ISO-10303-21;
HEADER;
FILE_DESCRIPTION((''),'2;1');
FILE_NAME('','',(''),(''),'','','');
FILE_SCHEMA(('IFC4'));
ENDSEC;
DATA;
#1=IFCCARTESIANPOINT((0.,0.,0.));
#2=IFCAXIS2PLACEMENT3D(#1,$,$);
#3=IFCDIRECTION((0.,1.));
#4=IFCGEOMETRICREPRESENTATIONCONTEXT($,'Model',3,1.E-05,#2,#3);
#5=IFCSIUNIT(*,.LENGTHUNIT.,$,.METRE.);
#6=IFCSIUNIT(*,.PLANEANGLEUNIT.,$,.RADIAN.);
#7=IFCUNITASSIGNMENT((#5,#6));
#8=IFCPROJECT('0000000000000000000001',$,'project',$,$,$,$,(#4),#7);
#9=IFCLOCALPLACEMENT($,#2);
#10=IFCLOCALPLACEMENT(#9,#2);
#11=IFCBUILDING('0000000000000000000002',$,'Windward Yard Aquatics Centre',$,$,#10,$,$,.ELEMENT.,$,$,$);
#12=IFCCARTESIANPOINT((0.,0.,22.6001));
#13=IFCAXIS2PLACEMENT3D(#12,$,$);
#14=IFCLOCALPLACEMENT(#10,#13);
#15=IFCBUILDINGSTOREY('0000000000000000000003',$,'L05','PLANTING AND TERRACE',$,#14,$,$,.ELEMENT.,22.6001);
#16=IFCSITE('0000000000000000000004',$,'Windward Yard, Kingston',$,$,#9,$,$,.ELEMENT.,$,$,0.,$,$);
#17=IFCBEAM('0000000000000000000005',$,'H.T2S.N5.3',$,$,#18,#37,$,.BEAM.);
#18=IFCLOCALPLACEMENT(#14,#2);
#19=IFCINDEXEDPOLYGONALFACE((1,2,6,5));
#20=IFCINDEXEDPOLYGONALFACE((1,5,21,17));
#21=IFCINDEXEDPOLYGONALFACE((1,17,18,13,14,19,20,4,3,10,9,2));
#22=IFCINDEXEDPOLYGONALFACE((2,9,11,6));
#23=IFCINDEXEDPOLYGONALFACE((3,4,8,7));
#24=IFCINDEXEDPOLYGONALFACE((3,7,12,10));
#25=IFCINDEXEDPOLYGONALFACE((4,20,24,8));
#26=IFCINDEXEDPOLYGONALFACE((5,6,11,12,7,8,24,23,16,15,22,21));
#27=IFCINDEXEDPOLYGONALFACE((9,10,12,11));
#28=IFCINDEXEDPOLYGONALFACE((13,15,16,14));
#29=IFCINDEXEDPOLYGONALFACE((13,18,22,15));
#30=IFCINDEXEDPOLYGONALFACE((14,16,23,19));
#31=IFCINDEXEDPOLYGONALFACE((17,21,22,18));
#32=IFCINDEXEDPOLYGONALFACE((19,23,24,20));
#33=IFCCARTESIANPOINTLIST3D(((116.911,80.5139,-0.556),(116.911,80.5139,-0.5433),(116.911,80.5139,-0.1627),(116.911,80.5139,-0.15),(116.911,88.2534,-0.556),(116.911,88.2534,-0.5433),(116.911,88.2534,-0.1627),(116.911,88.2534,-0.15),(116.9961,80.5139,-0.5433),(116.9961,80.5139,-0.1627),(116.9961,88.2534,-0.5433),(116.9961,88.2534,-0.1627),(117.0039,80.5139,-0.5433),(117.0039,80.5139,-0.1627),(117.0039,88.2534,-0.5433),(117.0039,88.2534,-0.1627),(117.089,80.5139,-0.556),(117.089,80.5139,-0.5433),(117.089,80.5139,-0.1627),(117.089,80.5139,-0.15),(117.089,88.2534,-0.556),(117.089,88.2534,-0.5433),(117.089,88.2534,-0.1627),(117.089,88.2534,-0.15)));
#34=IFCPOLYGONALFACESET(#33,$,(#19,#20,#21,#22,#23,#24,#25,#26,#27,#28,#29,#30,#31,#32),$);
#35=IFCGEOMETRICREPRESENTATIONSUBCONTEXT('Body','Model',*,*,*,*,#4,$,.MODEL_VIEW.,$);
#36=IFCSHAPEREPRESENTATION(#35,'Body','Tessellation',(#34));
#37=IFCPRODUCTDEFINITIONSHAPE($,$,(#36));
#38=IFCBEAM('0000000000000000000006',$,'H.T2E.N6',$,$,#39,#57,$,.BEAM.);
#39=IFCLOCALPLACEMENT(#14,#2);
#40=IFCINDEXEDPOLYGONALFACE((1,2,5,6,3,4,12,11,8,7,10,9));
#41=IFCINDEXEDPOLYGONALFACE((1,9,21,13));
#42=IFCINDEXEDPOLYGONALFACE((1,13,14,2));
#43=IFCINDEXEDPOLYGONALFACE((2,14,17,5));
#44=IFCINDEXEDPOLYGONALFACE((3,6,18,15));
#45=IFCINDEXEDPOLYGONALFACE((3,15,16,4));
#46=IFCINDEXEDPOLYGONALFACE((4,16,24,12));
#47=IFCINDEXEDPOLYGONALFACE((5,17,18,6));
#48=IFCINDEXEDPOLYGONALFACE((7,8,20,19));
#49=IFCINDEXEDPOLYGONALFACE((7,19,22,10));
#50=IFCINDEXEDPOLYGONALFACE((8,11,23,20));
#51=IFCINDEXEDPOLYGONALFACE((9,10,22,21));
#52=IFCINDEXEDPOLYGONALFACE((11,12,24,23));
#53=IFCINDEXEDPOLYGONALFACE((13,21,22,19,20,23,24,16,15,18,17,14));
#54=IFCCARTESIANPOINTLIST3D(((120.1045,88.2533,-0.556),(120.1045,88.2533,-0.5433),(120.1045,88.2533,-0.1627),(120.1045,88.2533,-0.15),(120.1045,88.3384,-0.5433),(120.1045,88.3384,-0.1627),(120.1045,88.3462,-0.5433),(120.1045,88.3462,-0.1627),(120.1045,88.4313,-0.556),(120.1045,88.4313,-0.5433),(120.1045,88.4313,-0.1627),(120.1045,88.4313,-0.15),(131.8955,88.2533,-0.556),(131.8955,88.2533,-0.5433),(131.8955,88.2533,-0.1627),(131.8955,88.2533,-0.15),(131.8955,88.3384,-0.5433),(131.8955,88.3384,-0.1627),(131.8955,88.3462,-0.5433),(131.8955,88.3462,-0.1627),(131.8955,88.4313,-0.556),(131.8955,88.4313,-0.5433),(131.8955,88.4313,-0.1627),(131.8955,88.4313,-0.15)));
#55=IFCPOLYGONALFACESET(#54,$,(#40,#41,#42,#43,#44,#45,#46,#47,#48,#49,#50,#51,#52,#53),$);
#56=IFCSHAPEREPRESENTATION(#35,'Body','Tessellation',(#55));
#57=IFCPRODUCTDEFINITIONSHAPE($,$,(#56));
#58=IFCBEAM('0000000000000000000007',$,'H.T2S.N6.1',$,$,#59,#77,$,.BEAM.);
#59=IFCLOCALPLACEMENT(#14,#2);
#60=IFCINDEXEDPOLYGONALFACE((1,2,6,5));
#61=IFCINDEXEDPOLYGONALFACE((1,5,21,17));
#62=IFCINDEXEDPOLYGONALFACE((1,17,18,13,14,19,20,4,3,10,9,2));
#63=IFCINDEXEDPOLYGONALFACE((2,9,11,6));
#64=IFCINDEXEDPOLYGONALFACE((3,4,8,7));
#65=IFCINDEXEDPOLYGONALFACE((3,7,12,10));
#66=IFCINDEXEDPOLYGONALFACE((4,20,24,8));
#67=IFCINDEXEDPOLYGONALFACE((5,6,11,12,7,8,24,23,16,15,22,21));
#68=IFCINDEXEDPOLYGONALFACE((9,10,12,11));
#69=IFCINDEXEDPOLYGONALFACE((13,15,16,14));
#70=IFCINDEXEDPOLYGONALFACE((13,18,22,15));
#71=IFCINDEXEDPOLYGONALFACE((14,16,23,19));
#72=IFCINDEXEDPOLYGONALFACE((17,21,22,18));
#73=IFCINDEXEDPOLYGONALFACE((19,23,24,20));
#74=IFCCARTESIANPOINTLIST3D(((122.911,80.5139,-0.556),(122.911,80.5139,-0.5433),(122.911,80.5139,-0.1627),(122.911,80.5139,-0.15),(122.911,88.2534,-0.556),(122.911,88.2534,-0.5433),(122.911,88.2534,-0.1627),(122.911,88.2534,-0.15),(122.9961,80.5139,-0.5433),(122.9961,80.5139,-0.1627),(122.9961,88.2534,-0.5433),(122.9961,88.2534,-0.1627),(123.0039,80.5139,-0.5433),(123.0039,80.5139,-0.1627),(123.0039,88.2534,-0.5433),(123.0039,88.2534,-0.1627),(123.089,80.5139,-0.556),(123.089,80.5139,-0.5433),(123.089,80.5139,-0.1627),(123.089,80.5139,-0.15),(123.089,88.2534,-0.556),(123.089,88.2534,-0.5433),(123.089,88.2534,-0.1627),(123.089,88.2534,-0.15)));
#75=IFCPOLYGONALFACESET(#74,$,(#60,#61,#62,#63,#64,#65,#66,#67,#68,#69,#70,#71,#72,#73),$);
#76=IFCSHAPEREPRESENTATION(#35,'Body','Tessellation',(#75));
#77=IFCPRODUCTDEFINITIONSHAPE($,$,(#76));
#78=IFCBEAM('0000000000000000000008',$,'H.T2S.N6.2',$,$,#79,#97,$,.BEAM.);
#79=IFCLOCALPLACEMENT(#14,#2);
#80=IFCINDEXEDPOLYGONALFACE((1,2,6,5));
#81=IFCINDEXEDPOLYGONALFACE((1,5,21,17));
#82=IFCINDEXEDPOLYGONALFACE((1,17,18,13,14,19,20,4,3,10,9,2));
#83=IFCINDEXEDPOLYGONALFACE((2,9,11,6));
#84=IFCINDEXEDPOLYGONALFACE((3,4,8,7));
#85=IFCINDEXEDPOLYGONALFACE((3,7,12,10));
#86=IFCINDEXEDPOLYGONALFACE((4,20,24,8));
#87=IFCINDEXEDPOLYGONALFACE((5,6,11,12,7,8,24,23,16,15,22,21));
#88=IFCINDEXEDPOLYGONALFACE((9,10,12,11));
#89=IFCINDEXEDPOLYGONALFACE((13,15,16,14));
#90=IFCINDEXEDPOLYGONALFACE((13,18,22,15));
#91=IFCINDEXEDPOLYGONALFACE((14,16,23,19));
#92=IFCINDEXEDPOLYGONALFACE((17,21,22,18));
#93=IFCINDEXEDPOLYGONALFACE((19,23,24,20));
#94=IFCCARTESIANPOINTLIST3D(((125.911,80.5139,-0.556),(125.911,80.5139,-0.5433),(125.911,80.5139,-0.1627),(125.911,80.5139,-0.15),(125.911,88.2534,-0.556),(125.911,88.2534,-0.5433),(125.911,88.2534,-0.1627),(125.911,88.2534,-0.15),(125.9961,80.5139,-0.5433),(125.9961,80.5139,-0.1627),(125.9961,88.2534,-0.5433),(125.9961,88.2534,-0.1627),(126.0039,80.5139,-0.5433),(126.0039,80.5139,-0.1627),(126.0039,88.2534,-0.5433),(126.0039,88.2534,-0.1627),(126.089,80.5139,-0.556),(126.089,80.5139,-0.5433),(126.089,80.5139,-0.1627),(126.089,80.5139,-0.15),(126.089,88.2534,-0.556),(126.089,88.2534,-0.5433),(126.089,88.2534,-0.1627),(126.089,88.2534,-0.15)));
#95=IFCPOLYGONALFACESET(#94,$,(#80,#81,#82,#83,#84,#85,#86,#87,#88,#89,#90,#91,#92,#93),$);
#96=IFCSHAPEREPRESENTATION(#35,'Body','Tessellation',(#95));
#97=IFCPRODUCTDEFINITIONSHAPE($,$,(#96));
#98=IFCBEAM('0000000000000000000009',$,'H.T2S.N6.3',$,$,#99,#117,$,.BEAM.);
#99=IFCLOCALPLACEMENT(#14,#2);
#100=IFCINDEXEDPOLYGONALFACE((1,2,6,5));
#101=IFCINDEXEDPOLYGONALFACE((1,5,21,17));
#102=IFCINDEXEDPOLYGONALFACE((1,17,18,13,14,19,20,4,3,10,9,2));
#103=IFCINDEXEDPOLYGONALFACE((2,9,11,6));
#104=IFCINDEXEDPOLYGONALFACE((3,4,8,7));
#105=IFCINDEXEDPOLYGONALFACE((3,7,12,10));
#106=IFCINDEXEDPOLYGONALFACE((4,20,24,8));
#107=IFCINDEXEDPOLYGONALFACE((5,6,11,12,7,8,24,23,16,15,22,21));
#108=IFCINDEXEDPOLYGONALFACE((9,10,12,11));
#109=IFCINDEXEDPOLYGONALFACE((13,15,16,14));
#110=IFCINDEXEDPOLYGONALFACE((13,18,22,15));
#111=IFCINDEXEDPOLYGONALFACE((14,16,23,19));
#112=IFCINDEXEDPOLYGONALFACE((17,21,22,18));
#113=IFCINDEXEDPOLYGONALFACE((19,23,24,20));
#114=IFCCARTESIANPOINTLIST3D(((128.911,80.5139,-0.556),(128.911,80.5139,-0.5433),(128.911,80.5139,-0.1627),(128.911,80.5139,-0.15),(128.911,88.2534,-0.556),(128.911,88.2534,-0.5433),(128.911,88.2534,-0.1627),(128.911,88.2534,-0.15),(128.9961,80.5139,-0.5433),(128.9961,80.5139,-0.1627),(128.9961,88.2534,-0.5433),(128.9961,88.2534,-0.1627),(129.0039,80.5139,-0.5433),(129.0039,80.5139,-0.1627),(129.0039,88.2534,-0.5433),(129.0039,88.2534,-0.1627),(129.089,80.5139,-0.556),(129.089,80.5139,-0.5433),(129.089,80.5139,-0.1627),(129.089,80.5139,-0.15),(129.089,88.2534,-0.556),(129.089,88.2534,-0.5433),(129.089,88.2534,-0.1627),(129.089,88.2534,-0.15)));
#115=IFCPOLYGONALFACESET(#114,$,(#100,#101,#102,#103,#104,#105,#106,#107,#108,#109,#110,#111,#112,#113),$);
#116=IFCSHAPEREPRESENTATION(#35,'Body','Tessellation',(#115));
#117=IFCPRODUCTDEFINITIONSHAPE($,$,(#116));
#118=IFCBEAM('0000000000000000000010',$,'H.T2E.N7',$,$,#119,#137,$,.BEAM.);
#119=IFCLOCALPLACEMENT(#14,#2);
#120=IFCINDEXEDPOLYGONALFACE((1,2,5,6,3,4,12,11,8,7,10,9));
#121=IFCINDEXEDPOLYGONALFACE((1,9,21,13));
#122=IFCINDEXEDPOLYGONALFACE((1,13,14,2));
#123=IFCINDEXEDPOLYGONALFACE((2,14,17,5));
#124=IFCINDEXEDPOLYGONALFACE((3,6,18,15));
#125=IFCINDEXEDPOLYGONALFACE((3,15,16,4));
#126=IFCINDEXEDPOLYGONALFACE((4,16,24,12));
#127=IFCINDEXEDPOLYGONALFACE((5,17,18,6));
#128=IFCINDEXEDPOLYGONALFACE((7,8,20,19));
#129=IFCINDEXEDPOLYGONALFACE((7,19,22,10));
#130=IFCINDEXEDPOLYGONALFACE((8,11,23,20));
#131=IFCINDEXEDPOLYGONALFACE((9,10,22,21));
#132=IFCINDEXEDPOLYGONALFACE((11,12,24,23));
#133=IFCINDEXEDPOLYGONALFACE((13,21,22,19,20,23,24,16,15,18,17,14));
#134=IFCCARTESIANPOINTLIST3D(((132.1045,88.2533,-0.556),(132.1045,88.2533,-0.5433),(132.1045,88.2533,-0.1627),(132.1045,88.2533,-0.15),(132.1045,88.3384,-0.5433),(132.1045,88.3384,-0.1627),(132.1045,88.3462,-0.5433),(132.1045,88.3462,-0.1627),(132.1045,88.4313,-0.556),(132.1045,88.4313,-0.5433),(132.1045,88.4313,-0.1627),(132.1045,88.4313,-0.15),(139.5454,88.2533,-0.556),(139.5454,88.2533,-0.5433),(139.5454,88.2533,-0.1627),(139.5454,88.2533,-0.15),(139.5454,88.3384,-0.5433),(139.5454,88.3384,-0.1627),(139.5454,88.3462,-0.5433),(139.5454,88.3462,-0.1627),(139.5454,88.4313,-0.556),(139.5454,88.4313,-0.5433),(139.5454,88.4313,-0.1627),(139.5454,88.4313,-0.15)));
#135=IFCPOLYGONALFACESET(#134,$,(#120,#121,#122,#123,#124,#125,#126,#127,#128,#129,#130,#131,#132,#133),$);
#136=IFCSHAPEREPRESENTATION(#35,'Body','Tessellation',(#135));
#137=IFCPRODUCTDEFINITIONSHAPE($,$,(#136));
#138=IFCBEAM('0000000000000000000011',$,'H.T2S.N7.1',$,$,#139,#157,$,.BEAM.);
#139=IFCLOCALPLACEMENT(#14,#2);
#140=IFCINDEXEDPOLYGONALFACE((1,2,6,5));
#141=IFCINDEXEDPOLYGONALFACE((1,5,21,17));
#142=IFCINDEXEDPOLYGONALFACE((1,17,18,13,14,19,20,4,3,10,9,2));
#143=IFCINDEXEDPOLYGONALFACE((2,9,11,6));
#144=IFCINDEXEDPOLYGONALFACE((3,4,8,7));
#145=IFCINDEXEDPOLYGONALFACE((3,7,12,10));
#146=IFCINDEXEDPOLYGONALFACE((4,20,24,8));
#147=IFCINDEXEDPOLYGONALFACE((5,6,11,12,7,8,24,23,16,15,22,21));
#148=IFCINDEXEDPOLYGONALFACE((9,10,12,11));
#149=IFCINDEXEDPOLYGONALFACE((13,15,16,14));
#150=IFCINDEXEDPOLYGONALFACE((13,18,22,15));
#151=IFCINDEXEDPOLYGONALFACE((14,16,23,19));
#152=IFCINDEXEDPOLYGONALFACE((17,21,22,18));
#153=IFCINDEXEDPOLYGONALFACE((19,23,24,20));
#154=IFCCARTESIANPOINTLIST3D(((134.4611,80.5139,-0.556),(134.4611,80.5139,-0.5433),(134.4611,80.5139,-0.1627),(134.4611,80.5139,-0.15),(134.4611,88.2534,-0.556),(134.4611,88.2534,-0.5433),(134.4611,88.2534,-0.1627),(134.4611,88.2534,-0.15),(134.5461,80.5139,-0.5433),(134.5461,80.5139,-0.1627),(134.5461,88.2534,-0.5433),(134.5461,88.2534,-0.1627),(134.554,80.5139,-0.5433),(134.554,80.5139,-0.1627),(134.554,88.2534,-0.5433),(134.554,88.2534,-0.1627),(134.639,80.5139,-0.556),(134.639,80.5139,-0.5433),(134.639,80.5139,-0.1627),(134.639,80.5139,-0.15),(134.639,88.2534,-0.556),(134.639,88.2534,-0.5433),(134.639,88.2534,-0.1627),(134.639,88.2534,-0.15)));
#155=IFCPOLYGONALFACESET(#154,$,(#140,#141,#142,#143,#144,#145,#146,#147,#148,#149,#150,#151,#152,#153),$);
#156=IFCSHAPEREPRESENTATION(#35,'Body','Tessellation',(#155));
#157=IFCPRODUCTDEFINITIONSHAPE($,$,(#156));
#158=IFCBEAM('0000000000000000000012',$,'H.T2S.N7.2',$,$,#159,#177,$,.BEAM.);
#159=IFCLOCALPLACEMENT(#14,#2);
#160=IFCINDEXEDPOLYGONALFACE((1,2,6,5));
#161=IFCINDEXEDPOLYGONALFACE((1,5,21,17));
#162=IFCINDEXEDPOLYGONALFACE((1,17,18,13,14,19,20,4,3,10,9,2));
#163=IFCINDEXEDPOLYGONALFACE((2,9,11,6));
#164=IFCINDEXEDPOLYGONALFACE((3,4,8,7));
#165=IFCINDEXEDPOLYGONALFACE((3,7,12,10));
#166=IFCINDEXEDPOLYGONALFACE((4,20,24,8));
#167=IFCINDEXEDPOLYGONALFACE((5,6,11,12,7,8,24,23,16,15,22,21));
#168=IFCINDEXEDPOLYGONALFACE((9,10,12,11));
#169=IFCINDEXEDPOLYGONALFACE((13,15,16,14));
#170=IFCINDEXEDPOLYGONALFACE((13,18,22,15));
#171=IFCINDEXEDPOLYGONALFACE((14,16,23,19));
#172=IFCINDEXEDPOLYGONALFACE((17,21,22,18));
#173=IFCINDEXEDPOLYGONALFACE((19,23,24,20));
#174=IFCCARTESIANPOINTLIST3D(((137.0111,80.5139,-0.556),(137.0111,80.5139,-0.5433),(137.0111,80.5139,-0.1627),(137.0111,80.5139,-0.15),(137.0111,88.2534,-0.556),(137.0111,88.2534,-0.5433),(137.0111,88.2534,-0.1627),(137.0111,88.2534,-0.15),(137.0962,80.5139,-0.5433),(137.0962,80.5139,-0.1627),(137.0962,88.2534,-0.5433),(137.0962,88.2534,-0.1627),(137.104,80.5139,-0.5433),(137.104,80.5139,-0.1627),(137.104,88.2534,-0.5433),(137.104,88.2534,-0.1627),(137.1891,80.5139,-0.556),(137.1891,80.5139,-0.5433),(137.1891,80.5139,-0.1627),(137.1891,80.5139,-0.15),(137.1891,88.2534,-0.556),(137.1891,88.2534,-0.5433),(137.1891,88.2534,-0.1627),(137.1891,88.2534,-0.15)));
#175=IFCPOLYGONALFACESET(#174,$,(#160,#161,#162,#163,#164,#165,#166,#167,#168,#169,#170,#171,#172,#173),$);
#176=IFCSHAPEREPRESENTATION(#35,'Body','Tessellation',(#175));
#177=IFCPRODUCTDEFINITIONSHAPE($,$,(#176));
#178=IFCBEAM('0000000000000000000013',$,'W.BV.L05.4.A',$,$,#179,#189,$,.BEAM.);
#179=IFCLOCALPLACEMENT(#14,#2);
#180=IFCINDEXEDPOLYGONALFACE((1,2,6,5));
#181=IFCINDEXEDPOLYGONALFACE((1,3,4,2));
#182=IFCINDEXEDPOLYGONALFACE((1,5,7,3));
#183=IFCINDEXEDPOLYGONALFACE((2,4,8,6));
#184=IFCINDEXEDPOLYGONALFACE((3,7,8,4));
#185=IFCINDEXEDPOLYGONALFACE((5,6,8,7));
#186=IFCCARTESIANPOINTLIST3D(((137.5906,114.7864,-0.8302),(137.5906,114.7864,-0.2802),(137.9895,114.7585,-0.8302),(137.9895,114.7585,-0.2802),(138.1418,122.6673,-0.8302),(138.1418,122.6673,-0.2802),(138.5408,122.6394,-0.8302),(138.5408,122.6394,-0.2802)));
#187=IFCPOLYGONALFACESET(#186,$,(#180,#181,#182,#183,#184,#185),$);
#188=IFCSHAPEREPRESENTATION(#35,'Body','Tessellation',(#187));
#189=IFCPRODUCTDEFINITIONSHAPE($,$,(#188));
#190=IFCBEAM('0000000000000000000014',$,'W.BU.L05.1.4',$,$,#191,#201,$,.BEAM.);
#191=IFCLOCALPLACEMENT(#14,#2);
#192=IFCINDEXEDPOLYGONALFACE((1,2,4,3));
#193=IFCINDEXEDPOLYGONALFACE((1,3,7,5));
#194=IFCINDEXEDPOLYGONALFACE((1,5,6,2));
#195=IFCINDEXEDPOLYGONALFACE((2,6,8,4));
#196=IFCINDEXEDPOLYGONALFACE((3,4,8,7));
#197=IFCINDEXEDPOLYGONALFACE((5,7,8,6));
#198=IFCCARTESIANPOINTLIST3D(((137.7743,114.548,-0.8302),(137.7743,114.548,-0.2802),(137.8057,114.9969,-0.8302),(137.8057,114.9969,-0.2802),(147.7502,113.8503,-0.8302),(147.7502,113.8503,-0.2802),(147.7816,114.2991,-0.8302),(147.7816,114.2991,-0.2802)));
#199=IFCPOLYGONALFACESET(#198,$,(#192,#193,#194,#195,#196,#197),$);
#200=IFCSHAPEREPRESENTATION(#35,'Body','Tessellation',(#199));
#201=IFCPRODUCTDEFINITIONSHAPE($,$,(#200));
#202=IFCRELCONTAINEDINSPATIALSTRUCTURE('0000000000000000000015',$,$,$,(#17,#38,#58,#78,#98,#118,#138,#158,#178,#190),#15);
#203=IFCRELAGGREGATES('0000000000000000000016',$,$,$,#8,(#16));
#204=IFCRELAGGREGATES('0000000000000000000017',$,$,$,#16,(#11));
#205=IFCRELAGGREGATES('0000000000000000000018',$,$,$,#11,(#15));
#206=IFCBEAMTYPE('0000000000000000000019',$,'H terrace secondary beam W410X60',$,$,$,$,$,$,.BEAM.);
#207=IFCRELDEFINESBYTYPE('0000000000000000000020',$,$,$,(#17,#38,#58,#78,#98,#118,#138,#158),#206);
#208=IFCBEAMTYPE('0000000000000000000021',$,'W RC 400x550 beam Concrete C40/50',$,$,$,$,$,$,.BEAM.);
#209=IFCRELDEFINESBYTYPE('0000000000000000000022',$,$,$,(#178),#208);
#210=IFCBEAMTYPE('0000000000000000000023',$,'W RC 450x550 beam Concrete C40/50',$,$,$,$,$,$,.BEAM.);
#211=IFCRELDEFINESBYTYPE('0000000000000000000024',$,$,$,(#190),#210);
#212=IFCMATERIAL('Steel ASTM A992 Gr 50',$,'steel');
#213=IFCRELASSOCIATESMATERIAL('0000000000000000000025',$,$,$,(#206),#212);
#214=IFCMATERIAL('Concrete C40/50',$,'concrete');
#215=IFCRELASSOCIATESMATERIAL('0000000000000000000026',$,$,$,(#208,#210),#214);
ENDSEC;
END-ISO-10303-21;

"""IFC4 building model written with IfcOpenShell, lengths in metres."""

from ifc_helpers import new_model, si_unit, direction, frame, origin, origin_2d, place, context, subcontext, project, spatial, rectangle, i_section, extrude, material, material_profile, profile_set, type_object, element, save


model = new_model("IFC4")

# Units and contexts
model_context = context("Model", 3, precision=1e-05, world=origin(), true_north=direction((0.0, 1.0)))
body_context = subcontext(model_context, "Body", "Model", "MODEL_VIEW")
ifc_project = project(units=[si_unit("LENGTHUNIT", "METRE"), si_unit("PLANEANGLEUNIT", "RADIAN")], contexts=[model_context])

# Site, building, storey
site_placement = place(None, origin())
site = spatial("IfcSite", under=ifc_project, at=site_placement, Name="Windward Yard, Kingston", CompositionType="ELEMENT", RefElevation=0.0)
building_placement = place(site_placement, origin())
building = spatial("IfcBuilding", under=site, at=building_placement, Name="Windward Yard Aquatics Centre", CompositionType="ELEMENT")
storey_placement = place(building_placement, frame((0.0, 0.0, 22.6001)))
storey = spatial("IfcBuildingStorey", under=building, at=storey_placement, Name="L05", Description="PLANTING AND TERRACE", CompositionType="ELEMENT", Elevation=22.6001)

# Shared definitions
ifc_material_1 = material(Name="Steel ASTM A992 Gr 50", Category="steel")

# Beams
ifc_material_profile_1 = material_profile(ifc_material_1, i_section(OverallWidth=0.178, OverallDepth=0.406, WebThickness=0.0078, FlangeThickness=0.0127, at=origin_2d()), Name="W410X60")
ifc_profile_set_1 = profile_set([ifc_material_profile_1], Name="Steel ASTM A992 Gr 50")
beam_type_1 = type_object("IfcBeamType", Name="H terrace secondary beam W410X60", PredefinedType="BEAM", material=ifc_profile_set_1)
for number, where, z_axis, x_axis, name in (
    (1, (117.0, 88.2534, -0.353), (0.0, -1.0, 0.0), (1.0, 0.0, 0.0), "H.T2S.N5.3"),
):
    element("IfcBeam", number, at=place(storey_placement, frame(where, z_axis=z_axis, x_axis=x_axis)), inside=storey, type_object=beam_type_1, Name=name, PredefinedType="BEAM", context=body_context, shape_type="SweptSolid", body=[
        extrude(i_section(OverallWidth=0.178, OverallDepth=0.406, WebThickness=0.0078, FlangeThickness=0.0127, at=origin_2d()), origin(), (0.0, 0.0, 1.0), 7.7395),
    ])
beam_1_placement = place(storey_placement, frame((120.1045, 88.3423, -0.353), z_axis=(1.0, 0.0, 0.0), x_axis=(0.0, 1.0, 0.0)))
element("IfcBeam", 2, at=beam_1_placement, inside=storey, type_object=beam_type_1, Name="H.T2E.N6", PredefinedType="BEAM", context=body_context, shape_type="SweptSolid", body=[
    extrude(i_section(OverallWidth=0.178, OverallDepth=0.406, WebThickness=0.0078, FlangeThickness=0.0127, at=origin_2d()), origin(), (0.0, 0.0, 1.0), 11.791),
])
for number, where, z_axis, x_axis, name in (
    (3, (123.0, 88.2534, -0.353), (0.0, -1.0, 0.0), (1.0, 0.0, 0.0), "H.T2S.N6.1"),
    (4, (126.0, 88.2534, -0.353), (0.0, -1.0, 0.0), (1.0, 0.0, 0.0), "H.T2S.N6.2"),
    (5, (129.0, 88.2534, -0.353), (0.0, -1.0, 0.0), (1.0, 0.0, 0.0), "H.T2S.N6.3"),
):
    element("IfcBeam", number, at=place(storey_placement, frame(where, z_axis=z_axis, x_axis=x_axis)), inside=storey, type_object=beam_type_1, Name=name, PredefinedType="BEAM", context=body_context, shape_type="SweptSolid", body=[
        extrude(i_section(OverallWidth=0.178, OverallDepth=0.406, WebThickness=0.0078, FlangeThickness=0.0127, at=origin_2d()), origin(), (0.0, 0.0, 1.0), 7.7395),
    ])
beam_2_placement = place(storey_placement, frame((132.1045, 88.3423, -0.353), z_axis=(1.0, 0.0, 0.0), x_axis=(0.0, 1.0, 0.0)))
element("IfcBeam", 6, at=beam_2_placement, inside=storey, type_object=beam_type_1, Name="H.T2E.N7", PredefinedType="BEAM", context=body_context, shape_type="SweptSolid", body=[
    extrude(i_section(OverallWidth=0.178, OverallDepth=0.406, WebThickness=0.0078, FlangeThickness=0.0127, at=origin_2d()), origin(), (0.0, 0.0, 1.0), 7.4409),
])
for number, where, z_axis, x_axis, name in (
    (7, (134.55, 88.2534, -0.353), (0.0, -1.0, 0.0), (1.0, 0.0, 0.0), "H.T2S.N7.1"),
    (8, (137.1001, 88.2534, -0.353), (0.0, -1.0, 0.0), (1.0, 0.0, 0.0), "H.T2S.N7.2"),
):
    element("IfcBeam", number, at=place(storey_placement, frame(where, z_axis=z_axis, x_axis=x_axis)), inside=storey, type_object=beam_type_1, Name=name, PredefinedType="BEAM", context=body_context, shape_type="SweptSolid", body=[
        extrude(i_section(OverallWidth=0.178, OverallDepth=0.406, WebThickness=0.0078, FlangeThickness=0.0127, at=origin_2d()), origin(), (0.0, 0.0, 1.0), 7.7395),
    ])
ifc_material_2 = material(Name="Concrete C40/50", Category="concrete")
ifc_material_profile_2 = material_profile(ifc_material_2, rectangle(XDim=0.3999, YDim=0.55, at=origin_2d()), Name="RC 400x550")
ifc_profile_set_2 = profile_set([ifc_material_profile_2], Name="Concrete C40/50")
beam_type_2 = type_object("IfcBeamType", Name="W RC 400x550 beam Concrete C40/50", PredefinedType="BEAM", material=ifc_profile_set_2)
beam_3_placement = place(storey_placement, frame((137.79, 114.7725, -0.5552), z_axis=(0.06978, 0.997562, 0.0), x_axis=(-0.997562, 0.06978, 0.0)))
element("IfcBeam", 9, at=beam_3_placement, inside=storey, type_object=beam_type_2, Name="W.BV.L05.4.A", PredefinedType="BEAM", context=body_context, shape_type="SweptSolid", body=[
    extrude(rectangle(XDim=0.3999, YDim=0.55, at=origin_2d()), origin(), (0.0, 0.0, 1.0), 7.9001),
])
ifc_material_profile_3 = material_profile(ifc_material_2, rectangle(XDim=0.45, YDim=0.55, at=origin_2d()), Name="RC 450x550")
ifc_profile_set_3 = profile_set([ifc_material_profile_3], Name="Concrete C40/50")
beam_type_3 = type_object("IfcBeamType", Name="W RC 450x550 beam Concrete C40/50", PredefinedType="BEAM", material=ifc_profile_set_3)
beam_4_placement = place(storey_placement, frame((137.79, 114.7725, -0.5552), z_axis=(0.997563, -0.069774, 0.0), x_axis=(0.069774, 0.997563, 0.0)))
element("IfcBeam", 10, at=beam_4_placement, inside=storey, type_object=beam_type_3, Name="W.BU.L05.1.4", PredefinedType="BEAM", context=body_context, shape_type="SweptSolid", body=[
    extrude(rectangle(XDim=0.45, YDim=0.55, at=origin_2d()), origin(), (0.0, 0.0, 1.0), 10.0002),
])

save(model, "model.ifc")
